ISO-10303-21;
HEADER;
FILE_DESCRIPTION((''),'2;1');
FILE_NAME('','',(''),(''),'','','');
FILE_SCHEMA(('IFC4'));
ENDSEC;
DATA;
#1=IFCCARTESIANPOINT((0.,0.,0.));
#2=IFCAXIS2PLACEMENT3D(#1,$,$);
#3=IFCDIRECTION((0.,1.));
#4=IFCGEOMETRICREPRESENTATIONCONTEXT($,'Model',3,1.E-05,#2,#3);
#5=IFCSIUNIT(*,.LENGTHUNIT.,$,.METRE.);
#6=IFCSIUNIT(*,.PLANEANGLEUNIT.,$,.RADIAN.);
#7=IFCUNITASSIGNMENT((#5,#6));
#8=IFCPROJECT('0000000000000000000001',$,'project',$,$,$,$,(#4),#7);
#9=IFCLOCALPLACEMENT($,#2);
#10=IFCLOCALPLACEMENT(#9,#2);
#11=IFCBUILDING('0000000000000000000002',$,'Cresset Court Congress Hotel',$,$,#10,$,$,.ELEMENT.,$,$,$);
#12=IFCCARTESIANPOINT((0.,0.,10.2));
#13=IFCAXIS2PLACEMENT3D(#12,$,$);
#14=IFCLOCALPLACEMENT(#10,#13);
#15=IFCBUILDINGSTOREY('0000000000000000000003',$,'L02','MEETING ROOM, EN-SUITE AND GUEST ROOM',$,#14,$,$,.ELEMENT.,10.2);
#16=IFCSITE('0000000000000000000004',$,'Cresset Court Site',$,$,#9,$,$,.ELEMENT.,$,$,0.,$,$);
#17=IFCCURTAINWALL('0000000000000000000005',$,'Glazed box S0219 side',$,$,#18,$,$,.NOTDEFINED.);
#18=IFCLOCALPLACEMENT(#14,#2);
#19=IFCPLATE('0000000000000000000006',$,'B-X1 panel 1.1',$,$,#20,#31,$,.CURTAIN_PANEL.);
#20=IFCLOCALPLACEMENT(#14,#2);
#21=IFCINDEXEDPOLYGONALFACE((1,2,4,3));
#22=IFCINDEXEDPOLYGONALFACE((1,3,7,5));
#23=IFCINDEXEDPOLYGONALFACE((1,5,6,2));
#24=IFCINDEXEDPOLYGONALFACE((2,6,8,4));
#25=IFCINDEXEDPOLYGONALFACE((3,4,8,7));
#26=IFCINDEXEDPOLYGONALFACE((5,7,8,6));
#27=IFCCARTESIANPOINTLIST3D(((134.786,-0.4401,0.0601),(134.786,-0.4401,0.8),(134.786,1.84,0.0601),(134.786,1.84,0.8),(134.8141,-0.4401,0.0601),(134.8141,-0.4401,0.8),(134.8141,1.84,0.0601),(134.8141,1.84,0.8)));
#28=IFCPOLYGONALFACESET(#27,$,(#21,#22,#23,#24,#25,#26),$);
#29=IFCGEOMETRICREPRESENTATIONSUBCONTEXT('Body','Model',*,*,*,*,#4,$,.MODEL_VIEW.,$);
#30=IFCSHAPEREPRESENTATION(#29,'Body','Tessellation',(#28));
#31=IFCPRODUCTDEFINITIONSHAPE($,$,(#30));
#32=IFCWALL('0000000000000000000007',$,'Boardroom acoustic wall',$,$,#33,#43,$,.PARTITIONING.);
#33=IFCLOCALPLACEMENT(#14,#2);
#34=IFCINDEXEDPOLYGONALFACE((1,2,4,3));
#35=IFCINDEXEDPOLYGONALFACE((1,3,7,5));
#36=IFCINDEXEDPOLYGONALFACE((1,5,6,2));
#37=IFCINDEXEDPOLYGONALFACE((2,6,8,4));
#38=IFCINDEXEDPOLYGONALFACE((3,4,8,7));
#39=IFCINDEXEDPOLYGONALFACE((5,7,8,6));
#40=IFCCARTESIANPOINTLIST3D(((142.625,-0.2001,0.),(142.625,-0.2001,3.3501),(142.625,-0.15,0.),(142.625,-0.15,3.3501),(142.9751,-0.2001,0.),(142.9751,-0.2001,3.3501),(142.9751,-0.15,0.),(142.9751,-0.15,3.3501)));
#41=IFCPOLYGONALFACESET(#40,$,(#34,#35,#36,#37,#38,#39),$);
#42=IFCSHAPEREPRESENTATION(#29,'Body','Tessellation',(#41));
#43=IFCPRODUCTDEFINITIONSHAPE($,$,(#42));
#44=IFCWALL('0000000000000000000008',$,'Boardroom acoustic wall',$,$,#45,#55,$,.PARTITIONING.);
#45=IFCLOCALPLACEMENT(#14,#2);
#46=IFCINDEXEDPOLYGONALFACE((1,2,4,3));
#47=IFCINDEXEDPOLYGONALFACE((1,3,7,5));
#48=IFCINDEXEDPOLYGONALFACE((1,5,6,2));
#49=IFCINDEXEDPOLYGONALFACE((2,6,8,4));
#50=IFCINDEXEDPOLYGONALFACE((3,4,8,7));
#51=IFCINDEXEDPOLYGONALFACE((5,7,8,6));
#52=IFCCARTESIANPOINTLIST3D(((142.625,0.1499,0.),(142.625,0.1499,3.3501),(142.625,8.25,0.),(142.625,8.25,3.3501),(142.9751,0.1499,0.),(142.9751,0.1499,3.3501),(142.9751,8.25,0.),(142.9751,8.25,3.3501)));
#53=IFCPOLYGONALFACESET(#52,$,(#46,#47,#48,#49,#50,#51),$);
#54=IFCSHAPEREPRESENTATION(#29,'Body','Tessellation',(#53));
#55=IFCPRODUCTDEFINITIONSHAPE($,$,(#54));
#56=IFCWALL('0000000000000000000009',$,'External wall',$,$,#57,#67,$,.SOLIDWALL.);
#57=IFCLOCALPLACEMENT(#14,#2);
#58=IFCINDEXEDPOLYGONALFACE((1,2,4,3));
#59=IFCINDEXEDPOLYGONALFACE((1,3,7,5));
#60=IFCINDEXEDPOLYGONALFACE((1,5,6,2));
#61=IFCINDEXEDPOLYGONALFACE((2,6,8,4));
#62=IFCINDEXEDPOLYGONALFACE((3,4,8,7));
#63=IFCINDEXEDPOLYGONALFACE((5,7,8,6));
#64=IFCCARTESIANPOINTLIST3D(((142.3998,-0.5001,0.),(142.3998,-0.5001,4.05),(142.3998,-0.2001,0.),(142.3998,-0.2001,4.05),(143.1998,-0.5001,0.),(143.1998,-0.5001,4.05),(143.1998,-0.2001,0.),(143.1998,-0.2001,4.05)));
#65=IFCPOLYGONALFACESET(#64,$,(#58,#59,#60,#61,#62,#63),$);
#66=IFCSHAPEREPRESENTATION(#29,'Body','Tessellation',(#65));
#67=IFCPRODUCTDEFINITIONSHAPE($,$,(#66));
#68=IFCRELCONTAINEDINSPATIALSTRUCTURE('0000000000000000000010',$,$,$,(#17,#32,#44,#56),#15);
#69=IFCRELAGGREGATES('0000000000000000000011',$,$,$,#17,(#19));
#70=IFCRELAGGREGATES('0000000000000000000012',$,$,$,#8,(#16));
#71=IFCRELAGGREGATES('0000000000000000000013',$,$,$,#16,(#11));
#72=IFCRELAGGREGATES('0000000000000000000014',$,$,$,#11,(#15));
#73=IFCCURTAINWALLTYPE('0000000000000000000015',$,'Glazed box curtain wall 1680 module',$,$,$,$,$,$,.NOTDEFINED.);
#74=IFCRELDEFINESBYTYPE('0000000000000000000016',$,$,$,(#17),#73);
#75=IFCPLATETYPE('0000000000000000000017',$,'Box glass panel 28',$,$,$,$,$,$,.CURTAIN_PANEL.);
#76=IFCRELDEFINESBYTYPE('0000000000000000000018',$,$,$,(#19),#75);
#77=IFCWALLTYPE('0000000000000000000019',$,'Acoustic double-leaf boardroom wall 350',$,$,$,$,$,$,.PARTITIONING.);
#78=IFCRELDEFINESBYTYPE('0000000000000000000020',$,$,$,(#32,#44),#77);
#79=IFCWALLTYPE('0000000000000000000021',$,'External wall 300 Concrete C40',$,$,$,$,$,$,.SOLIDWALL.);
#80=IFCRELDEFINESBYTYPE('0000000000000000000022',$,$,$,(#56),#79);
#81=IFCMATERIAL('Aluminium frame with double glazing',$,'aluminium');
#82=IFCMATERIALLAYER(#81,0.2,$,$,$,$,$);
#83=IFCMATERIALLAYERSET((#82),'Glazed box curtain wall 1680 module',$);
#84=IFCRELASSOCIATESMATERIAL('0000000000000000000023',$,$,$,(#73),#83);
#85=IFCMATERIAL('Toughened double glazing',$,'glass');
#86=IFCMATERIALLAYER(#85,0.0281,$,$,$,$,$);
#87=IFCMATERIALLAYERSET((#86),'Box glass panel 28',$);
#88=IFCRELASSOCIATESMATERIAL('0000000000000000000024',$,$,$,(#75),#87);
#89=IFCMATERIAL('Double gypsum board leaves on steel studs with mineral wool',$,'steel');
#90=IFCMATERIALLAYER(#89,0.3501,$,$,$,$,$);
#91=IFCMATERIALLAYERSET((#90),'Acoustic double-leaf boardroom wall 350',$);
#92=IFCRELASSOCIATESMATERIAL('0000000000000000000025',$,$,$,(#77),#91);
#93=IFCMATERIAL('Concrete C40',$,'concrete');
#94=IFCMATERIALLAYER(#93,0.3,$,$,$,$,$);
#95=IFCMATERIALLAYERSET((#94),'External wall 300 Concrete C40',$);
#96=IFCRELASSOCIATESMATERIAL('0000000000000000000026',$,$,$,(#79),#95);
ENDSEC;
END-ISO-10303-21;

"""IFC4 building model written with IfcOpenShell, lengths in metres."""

from ifc_helpers import new_model, si_unit, direction, frame, frame_2d, origin, origin_2d, place, context, subcontext, project, spatial, rectangle, extrude, material, layer, layer_set, type_object, element, aggregate, save


model = new_model("IFC4")

# Units and contexts
model_context = context("Model", 3, precision=1e-05, world=origin(), true_north=direction((0.0, 1.0)))
body_context = subcontext(model_context, "Body", "Model", "MODEL_VIEW")
ifc_project = project(units=[si_unit("LENGTHUNIT", "METRE"), si_unit("PLANEANGLEUNIT", "RADIAN")], contexts=[model_context])

# Site, building, storey
site_placement = place(None, origin())
site = spatial("IfcSite", under=ifc_project, at=site_placement, Name="Cresset Court Site", CompositionType="ELEMENT", RefElevation=0.0)
building_placement = place(site_placement, origin())
building = spatial("IfcBuilding", under=site, at=building_placement, Name="Cresset Court Congress Hotel", CompositionType="ELEMENT")
storey_placement = place(building_placement, frame((0.0, 0.0, 10.2)))
storey = spatial("IfcBuildingStorey", under=building, at=storey_placement, Name="L02", Description="MEETING ROOM, EN-SUITE AND GUEST ROOM", CompositionType="ELEMENT", Elevation=10.2)

# Curtain wall
ifc_material_1 = material(Name="Aluminium frame with double glazing", Category="aluminium")
ifc_layer_1 = layer(ifc_material_1, 0.2)
ifc_layer_set_1 = layer_set([ifc_layer_1], Name="Glazed box curtain wall 1680 module")
curtain_wall_type = type_object("IfcCurtainWallType", Name="Glazed box curtain wall 1680 module", PredefinedType="NOTDEFINED", material=ifc_layer_set_1)
curtain_wall_1_placement = place(storey_placement, origin())
curtain_wall_1 = element("IfcCurtainWall", 1, at=curtain_wall_1_placement, inside=storey, type_object=curtain_wall_type, Name="Glazed box S0219 side", PredefinedType="NOTDEFINED")

# Plate
ifc_material_2 = material(Name="Toughened double glazing", Category="glass")
ifc_layer_2 = layer(ifc_material_2, 0.0281)
ifc_layer_set_2 = layer_set([ifc_layer_2], Name="Box glass panel 28")
plate_type = type_object("IfcPlateType", Name="Box glass panel 28", PredefinedType="CURTAIN_PANEL", material=ifc_layer_set_2)
plate_placement = place(storey_placement, frame((134.8, 0.7, 0.0601), z_axis=(0.0, 0.0, 1.0), x_axis=(0.0, 1.0, 0.0)))
plate = element("IfcPlate", 2, at=plate_placement, type_object=plate_type, Name="B-X1 panel 1.1", PredefinedType="CURTAIN_PANEL", context=body_context, shape_type="SweptSolid", body=[
    extrude(rectangle(XDim=2.28, YDim=0.0281, at=origin_2d()), origin(), (0.0, 0.0, 1.0), 0.74),
])
aggregate(curtain_wall_1, [plate])

# Walls
ifc_material_3 = material(Name="Double gypsum board leaves on steel studs with mineral wool", Category="steel")
ifc_layer_3 = layer(ifc_material_3, 0.3501)
ifc_layer_set_3 = layer_set([ifc_layer_3], Name="Acoustic double-leaf boardroom wall 350")
wall_type_1 = type_object("IfcWallType", Name="Acoustic double-leaf boardroom wall 350", PredefinedType="PARTITIONING", material=ifc_layer_set_3)
wall_1_placement = place(storey_placement, frame((142.8, -0.2, 0.0), z_axis=(0.0, 0.0, 1.0), x_axis=(0.0, 1.0, 0.0)))
element("IfcWall", 3, at=wall_1_placement, inside=storey, type_object=wall_type_1, Name="Boardroom acoustic wall", PredefinedType="PARTITIONING", context=body_context, shape_type="SweptSolid", body=[
    extrude(rectangle(XDim=0.05, YDim=0.3501, at=frame_2d((0.0249, 0.0))), origin(), (0.0, 0.0, 1.0), 3.3501),
])
wall_2_placement = place(storey_placement, frame((142.8, 0.1499, 0.0), z_axis=(0.0, 0.0, 1.0), x_axis=(0.0, 1.0, 0.0)))
element("IfcWall", 4, at=wall_2_placement, inside=storey, type_object=wall_type_1, Name="Boardroom acoustic wall", PredefinedType="PARTITIONING", context=body_context, shape_type="SweptSolid", body=[
    extrude(rectangle(XDim=8.1001, YDim=0.3501, at=frame_2d((4.05, 0.0))), origin(), (0.0, 0.0, 1.0), 3.3501),
])
ifc_material_4 = material(Name="Concrete C40", Category="concrete")
ifc_layer_4 = layer(ifc_material_4, 0.3)
ifc_layer_set_4 = layer_set([ifc_layer_4], Name="External wall 300 Concrete C40")
wall_type_2 = type_object("IfcWallType", Name="External wall 300 Concrete C40", PredefinedType="SOLIDWALL", material=ifc_layer_set_4)
wall_3_placement = place(storey_placement, frame((142.3999, -0.3501, 0.0), z_axis=(0.0, 0.0, 1.0), x_axis=(1.0, 0.0, 0.0)))
element("IfcWall", 5, at=wall_3_placement, inside=storey, type_object=wall_type_2, Name="External wall", PredefinedType="SOLIDWALL", context=body_context, shape_type="SweptSolid", body=[
    extrude(rectangle(XDim=0.8, YDim=0.3, at=frame_2d((0.3999, 0.0))), origin(), (0.0, 0.0, 1.0), 4.05),
])

save(model, "model.ifc")
